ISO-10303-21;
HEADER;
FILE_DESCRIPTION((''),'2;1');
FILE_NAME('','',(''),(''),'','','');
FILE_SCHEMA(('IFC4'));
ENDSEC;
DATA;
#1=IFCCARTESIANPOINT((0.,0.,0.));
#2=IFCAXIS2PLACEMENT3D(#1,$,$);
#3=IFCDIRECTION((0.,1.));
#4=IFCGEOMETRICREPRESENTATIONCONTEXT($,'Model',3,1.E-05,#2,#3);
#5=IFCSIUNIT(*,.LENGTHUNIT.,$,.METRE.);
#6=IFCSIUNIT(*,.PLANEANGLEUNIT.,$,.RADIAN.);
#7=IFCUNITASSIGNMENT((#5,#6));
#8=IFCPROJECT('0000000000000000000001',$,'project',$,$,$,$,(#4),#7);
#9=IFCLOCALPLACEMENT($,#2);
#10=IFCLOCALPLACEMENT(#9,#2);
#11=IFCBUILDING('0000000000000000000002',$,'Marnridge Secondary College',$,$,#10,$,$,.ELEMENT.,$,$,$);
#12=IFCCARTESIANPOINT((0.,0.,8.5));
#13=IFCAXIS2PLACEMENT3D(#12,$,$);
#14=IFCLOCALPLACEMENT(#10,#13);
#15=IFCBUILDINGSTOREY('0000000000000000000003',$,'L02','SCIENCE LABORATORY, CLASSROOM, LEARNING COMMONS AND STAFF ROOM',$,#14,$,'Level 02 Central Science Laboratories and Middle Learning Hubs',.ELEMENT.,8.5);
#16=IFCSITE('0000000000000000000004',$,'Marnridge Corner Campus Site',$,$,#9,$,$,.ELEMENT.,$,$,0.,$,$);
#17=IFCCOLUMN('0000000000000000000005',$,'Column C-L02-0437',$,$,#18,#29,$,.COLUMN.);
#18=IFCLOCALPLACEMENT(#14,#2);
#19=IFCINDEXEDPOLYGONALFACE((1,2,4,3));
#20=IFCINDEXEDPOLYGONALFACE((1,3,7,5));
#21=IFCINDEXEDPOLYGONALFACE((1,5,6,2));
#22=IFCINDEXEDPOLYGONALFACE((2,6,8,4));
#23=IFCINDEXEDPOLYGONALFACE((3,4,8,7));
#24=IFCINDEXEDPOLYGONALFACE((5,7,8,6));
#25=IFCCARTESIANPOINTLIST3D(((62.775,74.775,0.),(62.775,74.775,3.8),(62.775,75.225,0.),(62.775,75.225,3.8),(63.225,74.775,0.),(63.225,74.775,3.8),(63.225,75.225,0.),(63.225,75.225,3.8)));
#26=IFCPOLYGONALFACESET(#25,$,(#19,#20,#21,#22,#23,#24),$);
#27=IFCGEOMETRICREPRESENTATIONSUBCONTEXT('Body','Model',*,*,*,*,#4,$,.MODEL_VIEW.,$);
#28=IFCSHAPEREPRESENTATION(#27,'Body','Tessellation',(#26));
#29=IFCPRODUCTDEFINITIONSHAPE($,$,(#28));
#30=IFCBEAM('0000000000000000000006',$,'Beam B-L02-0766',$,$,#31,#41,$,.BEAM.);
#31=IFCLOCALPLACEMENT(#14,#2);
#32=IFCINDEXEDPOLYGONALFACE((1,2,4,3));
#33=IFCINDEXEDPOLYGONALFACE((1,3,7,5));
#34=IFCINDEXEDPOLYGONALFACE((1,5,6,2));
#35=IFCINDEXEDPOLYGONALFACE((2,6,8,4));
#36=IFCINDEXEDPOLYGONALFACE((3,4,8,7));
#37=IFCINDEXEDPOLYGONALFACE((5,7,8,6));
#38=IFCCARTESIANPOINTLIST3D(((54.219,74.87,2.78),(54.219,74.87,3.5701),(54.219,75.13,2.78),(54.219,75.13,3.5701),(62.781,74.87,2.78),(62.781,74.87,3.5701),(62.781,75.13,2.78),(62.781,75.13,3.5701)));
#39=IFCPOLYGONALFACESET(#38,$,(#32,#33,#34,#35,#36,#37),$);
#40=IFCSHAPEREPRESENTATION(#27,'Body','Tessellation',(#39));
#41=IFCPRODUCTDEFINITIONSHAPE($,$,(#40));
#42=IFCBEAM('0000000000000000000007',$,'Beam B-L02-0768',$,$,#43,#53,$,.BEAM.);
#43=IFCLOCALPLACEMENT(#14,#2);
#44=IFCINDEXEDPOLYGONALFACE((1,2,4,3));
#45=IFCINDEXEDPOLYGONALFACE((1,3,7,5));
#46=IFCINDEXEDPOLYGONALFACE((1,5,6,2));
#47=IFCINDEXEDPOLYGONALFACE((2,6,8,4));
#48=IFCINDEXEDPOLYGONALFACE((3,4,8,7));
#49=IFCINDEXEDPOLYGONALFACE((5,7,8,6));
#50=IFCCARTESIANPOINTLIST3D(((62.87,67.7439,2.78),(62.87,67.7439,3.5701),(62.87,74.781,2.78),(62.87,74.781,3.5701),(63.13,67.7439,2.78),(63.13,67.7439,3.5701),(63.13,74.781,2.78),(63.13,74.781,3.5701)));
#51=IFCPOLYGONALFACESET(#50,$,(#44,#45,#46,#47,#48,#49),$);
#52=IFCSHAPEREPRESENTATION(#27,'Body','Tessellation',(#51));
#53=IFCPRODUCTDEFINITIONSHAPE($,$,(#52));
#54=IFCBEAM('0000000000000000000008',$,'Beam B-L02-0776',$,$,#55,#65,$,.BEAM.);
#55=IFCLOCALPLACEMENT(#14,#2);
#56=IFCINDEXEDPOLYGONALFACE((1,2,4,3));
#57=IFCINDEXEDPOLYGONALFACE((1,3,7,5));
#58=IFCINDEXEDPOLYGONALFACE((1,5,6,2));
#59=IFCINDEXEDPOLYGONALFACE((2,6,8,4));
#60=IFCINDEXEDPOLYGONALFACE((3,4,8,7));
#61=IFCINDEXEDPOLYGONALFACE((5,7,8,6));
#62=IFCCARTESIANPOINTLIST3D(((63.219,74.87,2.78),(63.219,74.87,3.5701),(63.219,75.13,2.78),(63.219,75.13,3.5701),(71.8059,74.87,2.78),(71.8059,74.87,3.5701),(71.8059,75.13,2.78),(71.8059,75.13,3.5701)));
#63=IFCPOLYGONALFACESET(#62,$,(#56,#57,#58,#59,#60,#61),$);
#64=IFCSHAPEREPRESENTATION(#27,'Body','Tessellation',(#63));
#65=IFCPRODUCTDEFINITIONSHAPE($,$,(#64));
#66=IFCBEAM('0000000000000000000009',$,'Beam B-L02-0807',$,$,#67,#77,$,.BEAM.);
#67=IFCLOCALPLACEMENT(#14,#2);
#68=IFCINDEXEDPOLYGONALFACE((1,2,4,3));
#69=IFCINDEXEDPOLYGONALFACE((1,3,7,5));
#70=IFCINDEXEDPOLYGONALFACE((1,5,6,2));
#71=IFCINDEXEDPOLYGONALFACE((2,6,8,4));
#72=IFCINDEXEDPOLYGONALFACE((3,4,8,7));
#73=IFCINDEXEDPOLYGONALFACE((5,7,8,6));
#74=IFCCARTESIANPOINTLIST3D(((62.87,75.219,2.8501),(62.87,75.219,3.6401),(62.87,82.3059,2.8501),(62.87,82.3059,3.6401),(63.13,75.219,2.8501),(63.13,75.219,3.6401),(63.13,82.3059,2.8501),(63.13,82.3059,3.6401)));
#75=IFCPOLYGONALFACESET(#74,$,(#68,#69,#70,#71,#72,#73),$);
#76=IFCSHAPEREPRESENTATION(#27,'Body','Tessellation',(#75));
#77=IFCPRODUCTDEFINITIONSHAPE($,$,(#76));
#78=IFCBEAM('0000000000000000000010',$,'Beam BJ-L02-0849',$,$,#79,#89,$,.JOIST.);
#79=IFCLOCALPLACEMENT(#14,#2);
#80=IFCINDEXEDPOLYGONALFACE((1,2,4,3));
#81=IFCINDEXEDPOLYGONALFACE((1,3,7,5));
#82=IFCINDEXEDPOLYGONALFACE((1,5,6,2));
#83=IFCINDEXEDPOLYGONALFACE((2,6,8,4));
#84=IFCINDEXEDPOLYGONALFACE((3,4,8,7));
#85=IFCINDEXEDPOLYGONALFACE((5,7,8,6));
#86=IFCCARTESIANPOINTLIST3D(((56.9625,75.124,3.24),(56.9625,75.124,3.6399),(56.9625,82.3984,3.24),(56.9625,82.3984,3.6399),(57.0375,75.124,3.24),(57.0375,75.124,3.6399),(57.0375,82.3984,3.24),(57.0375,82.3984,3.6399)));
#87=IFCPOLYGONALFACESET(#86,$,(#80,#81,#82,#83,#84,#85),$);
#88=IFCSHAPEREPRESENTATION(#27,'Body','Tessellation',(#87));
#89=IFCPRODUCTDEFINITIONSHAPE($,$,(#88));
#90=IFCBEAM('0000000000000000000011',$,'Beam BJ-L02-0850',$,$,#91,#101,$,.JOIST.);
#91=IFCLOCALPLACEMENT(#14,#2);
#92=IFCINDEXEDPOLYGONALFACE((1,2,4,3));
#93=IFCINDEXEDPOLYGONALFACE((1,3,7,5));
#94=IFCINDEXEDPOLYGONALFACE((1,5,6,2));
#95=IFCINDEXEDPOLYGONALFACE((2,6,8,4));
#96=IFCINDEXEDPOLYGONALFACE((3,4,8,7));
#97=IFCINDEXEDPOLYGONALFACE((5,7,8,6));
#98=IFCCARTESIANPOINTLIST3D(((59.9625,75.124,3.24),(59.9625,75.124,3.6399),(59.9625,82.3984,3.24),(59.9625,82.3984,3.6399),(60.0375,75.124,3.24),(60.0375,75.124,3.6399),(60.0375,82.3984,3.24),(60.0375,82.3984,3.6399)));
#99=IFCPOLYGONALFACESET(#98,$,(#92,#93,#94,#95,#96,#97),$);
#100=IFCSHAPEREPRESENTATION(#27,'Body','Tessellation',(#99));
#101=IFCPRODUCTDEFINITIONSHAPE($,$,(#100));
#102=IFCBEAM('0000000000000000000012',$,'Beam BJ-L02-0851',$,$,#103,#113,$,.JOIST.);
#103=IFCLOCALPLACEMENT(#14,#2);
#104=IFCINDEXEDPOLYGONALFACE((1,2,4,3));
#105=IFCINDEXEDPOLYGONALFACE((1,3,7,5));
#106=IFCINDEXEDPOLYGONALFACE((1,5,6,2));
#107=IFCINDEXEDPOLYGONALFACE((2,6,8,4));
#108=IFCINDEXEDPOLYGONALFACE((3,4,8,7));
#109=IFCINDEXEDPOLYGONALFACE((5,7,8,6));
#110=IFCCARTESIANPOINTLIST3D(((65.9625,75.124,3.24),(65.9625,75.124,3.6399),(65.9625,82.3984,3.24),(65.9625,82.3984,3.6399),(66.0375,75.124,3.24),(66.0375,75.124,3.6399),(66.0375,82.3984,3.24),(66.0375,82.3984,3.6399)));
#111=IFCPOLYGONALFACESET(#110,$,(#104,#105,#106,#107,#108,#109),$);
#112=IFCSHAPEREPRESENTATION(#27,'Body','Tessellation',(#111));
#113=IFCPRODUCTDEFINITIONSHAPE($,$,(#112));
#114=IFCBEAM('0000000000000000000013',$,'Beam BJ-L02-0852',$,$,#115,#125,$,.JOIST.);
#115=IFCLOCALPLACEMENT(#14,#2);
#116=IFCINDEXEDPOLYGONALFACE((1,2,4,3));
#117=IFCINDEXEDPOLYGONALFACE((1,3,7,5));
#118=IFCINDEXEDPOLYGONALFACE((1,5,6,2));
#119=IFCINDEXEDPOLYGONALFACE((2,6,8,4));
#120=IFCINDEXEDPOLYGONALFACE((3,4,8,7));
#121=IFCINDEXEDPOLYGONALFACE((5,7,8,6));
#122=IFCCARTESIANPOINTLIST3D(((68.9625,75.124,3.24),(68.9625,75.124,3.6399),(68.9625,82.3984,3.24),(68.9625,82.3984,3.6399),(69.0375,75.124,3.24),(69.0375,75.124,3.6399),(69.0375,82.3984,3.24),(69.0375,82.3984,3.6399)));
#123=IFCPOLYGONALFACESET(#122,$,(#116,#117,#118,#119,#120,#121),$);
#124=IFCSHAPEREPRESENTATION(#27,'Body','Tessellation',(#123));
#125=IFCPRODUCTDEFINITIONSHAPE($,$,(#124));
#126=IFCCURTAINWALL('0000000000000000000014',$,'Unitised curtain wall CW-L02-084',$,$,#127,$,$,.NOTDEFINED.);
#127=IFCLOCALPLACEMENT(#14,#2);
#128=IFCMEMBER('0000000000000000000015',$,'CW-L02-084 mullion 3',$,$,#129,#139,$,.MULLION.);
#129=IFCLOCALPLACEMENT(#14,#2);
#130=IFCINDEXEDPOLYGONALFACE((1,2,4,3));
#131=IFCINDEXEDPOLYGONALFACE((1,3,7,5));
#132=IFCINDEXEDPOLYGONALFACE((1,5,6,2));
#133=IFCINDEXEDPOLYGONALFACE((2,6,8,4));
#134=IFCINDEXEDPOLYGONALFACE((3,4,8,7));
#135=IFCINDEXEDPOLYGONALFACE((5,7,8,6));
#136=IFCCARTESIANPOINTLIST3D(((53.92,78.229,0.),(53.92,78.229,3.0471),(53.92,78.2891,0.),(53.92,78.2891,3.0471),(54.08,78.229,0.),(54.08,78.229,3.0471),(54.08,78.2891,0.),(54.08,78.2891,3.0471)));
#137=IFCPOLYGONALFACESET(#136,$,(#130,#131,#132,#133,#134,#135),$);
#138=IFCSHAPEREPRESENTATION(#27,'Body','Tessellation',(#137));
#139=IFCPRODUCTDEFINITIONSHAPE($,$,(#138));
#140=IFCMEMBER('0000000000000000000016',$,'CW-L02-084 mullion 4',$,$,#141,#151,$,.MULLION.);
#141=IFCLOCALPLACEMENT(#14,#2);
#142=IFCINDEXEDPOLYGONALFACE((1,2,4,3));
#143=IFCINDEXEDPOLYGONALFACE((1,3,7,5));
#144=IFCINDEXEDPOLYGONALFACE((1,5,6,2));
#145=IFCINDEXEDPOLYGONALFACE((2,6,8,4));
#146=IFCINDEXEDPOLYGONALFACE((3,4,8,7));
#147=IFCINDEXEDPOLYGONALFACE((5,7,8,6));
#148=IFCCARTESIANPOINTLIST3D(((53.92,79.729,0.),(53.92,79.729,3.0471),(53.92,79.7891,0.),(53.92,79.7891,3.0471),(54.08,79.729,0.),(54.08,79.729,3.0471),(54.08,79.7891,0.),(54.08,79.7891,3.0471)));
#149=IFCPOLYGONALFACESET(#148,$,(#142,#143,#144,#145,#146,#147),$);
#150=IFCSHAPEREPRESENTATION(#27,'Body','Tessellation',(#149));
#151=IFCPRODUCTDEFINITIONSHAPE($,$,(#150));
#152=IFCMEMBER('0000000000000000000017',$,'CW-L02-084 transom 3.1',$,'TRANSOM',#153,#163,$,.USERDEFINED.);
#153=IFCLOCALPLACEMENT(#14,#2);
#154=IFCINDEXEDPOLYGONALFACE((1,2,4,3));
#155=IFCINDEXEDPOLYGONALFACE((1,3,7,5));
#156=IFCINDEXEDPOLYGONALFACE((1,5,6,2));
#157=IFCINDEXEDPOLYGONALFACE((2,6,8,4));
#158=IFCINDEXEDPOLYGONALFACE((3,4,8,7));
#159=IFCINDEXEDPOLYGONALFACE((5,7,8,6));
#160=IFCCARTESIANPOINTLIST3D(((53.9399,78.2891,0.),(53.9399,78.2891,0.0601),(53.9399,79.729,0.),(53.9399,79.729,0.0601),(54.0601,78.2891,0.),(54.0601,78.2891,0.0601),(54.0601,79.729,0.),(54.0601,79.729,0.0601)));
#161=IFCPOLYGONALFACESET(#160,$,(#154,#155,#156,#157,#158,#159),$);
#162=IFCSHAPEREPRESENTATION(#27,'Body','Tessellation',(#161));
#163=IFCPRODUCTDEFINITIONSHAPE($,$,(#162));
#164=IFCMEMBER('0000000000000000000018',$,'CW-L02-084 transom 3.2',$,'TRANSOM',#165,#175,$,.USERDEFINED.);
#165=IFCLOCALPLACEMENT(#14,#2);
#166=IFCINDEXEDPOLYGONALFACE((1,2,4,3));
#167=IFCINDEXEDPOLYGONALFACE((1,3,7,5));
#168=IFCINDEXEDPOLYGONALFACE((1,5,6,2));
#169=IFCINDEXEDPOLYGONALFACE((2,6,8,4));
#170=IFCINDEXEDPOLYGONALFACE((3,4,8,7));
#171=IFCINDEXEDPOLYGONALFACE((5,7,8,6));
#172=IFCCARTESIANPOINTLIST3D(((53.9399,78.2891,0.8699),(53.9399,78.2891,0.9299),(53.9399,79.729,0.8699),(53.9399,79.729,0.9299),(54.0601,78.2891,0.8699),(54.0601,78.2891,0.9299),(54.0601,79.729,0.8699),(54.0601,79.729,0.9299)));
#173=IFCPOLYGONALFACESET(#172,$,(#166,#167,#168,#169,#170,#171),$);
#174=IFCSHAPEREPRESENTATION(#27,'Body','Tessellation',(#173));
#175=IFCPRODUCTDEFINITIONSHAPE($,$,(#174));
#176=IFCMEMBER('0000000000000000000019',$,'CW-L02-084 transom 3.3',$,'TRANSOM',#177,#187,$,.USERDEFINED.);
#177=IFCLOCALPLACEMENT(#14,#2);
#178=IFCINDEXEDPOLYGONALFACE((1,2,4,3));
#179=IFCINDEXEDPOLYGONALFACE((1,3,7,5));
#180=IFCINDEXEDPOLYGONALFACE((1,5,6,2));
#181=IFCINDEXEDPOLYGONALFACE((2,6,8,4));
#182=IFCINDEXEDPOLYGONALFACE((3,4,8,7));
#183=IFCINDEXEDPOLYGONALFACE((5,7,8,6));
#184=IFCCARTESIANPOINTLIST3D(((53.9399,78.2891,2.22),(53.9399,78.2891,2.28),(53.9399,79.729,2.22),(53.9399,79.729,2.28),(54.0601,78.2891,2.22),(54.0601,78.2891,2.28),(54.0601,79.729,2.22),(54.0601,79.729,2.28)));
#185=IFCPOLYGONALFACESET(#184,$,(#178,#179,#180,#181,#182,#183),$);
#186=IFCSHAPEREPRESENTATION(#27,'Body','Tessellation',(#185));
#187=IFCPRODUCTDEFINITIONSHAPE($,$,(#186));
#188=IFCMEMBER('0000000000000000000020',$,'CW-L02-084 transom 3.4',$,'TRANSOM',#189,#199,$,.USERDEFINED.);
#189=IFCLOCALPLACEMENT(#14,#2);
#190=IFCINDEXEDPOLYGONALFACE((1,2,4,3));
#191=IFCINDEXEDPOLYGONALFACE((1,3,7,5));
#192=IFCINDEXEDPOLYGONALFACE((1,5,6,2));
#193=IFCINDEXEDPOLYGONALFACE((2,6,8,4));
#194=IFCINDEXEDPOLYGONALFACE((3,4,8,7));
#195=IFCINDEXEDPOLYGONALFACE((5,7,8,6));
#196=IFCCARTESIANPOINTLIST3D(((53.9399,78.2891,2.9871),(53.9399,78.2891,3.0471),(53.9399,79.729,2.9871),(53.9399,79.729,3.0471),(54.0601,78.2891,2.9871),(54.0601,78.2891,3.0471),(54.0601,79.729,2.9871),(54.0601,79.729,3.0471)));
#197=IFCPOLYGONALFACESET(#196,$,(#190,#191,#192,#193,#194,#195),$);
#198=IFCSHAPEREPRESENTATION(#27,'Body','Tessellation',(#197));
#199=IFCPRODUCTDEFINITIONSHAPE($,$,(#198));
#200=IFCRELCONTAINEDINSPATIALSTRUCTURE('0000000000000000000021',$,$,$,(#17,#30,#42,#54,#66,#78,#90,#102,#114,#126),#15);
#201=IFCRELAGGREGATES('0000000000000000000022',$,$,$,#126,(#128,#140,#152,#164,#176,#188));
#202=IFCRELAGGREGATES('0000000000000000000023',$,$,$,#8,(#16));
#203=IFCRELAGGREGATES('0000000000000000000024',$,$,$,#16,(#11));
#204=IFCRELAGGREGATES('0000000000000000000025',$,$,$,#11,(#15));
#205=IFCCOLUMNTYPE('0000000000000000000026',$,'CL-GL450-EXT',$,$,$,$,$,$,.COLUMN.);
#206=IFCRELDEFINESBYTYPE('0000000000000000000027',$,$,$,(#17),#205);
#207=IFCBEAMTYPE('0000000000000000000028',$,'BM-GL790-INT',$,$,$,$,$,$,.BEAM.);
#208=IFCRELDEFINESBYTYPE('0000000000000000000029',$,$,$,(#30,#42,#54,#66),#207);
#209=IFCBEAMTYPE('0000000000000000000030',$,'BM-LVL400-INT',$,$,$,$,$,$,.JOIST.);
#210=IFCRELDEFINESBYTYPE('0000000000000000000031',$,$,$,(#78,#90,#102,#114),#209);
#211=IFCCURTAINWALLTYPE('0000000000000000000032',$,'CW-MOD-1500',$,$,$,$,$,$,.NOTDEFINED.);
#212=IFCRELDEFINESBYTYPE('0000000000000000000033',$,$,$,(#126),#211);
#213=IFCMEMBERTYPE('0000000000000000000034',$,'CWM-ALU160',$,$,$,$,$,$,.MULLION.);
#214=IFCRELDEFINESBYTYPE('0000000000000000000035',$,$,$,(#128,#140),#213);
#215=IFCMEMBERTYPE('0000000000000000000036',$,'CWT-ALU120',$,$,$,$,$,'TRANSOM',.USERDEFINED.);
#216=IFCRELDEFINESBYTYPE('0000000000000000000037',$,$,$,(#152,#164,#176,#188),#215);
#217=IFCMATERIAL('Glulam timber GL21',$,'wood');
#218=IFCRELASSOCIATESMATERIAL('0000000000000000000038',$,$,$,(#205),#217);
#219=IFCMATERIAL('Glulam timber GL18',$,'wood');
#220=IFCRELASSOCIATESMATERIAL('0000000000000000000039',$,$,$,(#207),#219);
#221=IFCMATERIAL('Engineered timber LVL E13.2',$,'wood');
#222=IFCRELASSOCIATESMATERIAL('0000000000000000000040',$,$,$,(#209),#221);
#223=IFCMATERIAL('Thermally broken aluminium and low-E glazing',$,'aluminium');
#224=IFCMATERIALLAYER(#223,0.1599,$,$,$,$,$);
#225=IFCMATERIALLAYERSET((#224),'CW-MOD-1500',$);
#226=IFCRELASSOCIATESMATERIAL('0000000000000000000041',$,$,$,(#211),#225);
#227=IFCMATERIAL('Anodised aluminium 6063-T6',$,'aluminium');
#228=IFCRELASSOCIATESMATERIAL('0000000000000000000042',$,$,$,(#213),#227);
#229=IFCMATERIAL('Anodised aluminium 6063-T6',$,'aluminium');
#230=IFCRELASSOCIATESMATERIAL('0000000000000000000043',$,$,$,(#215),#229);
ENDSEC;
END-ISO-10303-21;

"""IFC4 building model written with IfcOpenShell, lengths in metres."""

from ifc_helpers import new_model, si_unit, direction, frame, origin, origin_2d, place, context, subcontext, project, spatial, rectangle, extrude, material, layer, layer_set, material_profile, profile_set, type_object, element, aggregate, save


model = new_model("IFC4")

# Units and contexts
model_context = context("Model", 3, precision=1e-05, world=origin(), true_north=direction((0.0, 1.0)))
body_context = subcontext(model_context, "Body", "Model", "MODEL_VIEW")
ifc_project = project(units=[si_unit("LENGTHUNIT", "METRE"), si_unit("PLANEANGLEUNIT", "RADIAN")], contexts=[model_context])

# Site, building, storey
site_placement = place(None, origin())
site = spatial("IfcSite", under=ifc_project, at=site_placement, Name="Marnridge Corner Campus Site", CompositionType="ELEMENT", RefElevation=0.0)
building_placement = place(site_placement, origin())
building = spatial("IfcBuilding", under=site, at=building_placement, Name="Marnridge Secondary College", CompositionType="ELEMENT")
storey_placement = place(building_placement, frame((0.0, 0.0, 8.5)))
storey = spatial("IfcBuildingStorey", under=building, at=storey_placement, Name="L02", Description="SCIENCE LABORATORY, CLASSROOM, LEARNING COMMONS AND STAFF ROOM", LongName="Level 02 Central Science Laboratories and Middle Learning Hubs", CompositionType="ELEMENT", Elevation=8.5)

# Column
ifc_material_1 = material(Name="Glulam timber GL21", Category="wood")
ifc_material_profile_1 = material_profile(ifc_material_1, rectangle(XDim=0.45, YDim=0.45, at=origin_2d()), Name="GL21 450x450")
ifc_profile_set_1 = profile_set([ifc_material_profile_1], Name="Glulam timber GL21")
column_type = type_object("IfcColumnType", Name="CL-GL450-EXT", PredefinedType="COLUMN", material=ifc_profile_set_1)
column_placement = place(storey_placement, frame((63.0, 75.0, 0.0), z_axis=(0.0, 0.0, 1.0), x_axis=(1.0, 0.0, 0.0)))
element("IfcColumn", 1, at=column_placement, inside=storey, type_object=column_type, Name="Column C-L02-0437", PredefinedType="COLUMN", context=body_context, shape_type="SweptSolid", body=[
    extrude(rectangle(XDim=0.45, YDim=0.45, at=origin_2d()), origin(), (0.0, 0.0, 1.0), 3.8),
])

# Beams
ifc_material_2 = material(Name="Glulam timber GL18", Category="wood")
ifc_material_profile_2 = material_profile(ifc_material_2, rectangle(XDim=0.26, YDim=0.79, at=origin_2d()), Name="GL18 260x790")
ifc_profile_set_2 = profile_set([ifc_material_profile_2], Name="Glulam timber GL18")
beam_type_1 = type_object("IfcBeamType", Name="BM-GL790-INT", PredefinedType="BEAM", material=ifc_profile_set_2)
beam_1_placement = place(storey_placement, frame((54.219, 75.0, 3.175), z_axis=(1.0, 0.0, 0.0), x_axis=(0.0, 1.0, 0.0)))
element("IfcBeam", 2, at=beam_1_placement, inside=storey, type_object=beam_type_1, Name="Beam B-L02-0766", PredefinedType="BEAM", context=body_context, shape_type="SweptSolid", body=[
    extrude(rectangle(XDim=0.26, YDim=0.79, at=origin_2d()), origin(), (0.0, 0.0, 1.0), 8.562),
])
beam_2_placement = place(storey_placement, frame((63.0, 67.7439, 3.175), z_axis=(0.0, 1.0, 0.0), x_axis=(-1.0, 0.0, 0.0)))
element("IfcBeam", 3, at=beam_2_placement, inside=storey, type_object=beam_type_1, Name="Beam B-L02-0768", PredefinedType="BEAM", context=body_context, shape_type="SweptSolid", body=[
    extrude(rectangle(XDim=0.26, YDim=0.79, at=origin_2d()), origin(), (0.0, 0.0, 1.0), 7.0371),
])
beam_3_placement = place(storey_placement, frame((63.219, 75.0, 3.175), z_axis=(1.0, 0.0, 0.0), x_axis=(0.0, 1.0, 0.0)))
element("IfcBeam", 4, at=beam_3_placement, inside=storey, type_object=beam_type_1, Name="Beam B-L02-0776", PredefinedType="BEAM", context=body_context, shape_type="SweptSolid", body=[
    extrude(rectangle(XDim=0.26, YDim=0.79, at=origin_2d()), origin(), (0.0, 0.0, 1.0), 8.5869),
])
beam_4_placement = place(storey_placement, frame((63.0, 75.219, 3.2451), z_axis=(0.0, 1.0, 0.0), x_axis=(-1.0, 0.0, 0.0)))
element("IfcBeam", 5, at=beam_4_placement, inside=storey, type_object=beam_type_1, Name="Beam B-L02-0807", PredefinedType="BEAM", context=body_context, shape_type="SweptSolid", body=[
    extrude(rectangle(XDim=0.26, YDim=0.79, at=origin_2d()), origin(), (0.0, 0.0, 1.0), 7.0869),
])
ifc_material_3 = material(Name="Engineered timber LVL E13.2", Category="wood")
ifc_material_profile_3 = material_profile(ifc_material_3, rectangle(XDim=0.075, YDim=0.3999, at=origin_2d()), Name="LVL 75x400")
ifc_profile_set_3 = profile_set([ifc_material_profile_3], Name="Engineered timber LVL E13.2")
beam_type_2 = type_object("IfcBeamType", Name="BM-LVL400-INT", PredefinedType="JOIST", material=ifc_profile_set_3)
for number, where, z_axis, x_axis, name in (
    (6, (57.0, 75.124, 3.4399), (0.0, 1.0, 0.0), (-1.0, 0.0, 0.0), "Beam BJ-L02-0849"),
    (7, (60.0, 75.124, 3.4399), (0.0, 1.0, 0.0), (-1.0, 0.0, 0.0), "Beam BJ-L02-0850"),
    (8, (66.0, 75.124, 3.4399), (0.0, 1.0, 0.0), (-1.0, 0.0, 0.0), "Beam BJ-L02-0851"),
    (9, (69.0, 75.124, 3.4399), (0.0, 1.0, 0.0), (-1.0, 0.0, 0.0), "Beam BJ-L02-0852"),
):
    element("IfcBeam", number, at=place(storey_placement, frame(where, z_axis=z_axis, x_axis=x_axis)), inside=storey, type_object=beam_type_2, Name=name, PredefinedType="JOIST", context=body_context, shape_type="SweptSolid", body=[
        extrude(rectangle(XDim=0.075, YDim=0.3999, at=origin_2d()), origin(), (0.0, 0.0, 1.0), 7.2744),
    ])

# Curtain wall, members
ifc_material_4 = material(Name="Thermally broken aluminium and low-E glazing", Category="aluminium")
ifc_layer_1 = layer(ifc_material_4, 0.1599)
ifc_layer_set_1 = layer_set([ifc_layer_1], Name="CW-MOD-1500")
curtain_wall_type = type_object("IfcCurtainWallType", Name="CW-MOD-1500", PredefinedType="NOTDEFINED", material=ifc_layer_set_1)
curtain_wall_placement = place(storey_placement, origin())
curtain_wall = element("IfcCurtainWall", 10, at=curtain_wall_placement, inside=storey, type_object=curtain_wall_type, Name="Unitised curtain wall CW-L02-084", PredefinedType="NOTDEFINED")
ifc_material_5 = material(Name="Anodised aluminium 6063-T6", Category="aluminium")
ifc_material_profile_4 = material_profile(ifc_material_5, rectangle(XDim=0.0601, YDim=0.1599, at=origin_2d()), Name="ALU 60x160")
ifc_profile_set_4 = profile_set([ifc_material_profile_4], Name="Anodised aluminium 6063-T6")
member_type_1 = type_object("IfcMemberType", Name="CWM-ALU160", PredefinedType="MULLION", material=ifc_profile_set_4)
member_1_placement = place(storey_placement, frame((54.0, 78.259, 0.0), z_axis=(0.0, 0.0, 1.0), x_axis=(0.0, 1.0, 0.0)))
member_1 = element("IfcMember", 11, at=member_1_placement, type_object=member_type_1, Name="CW-L02-084 mullion 3", PredefinedType="MULLION", context=body_context, shape_type="SweptSolid", body=[
    extrude(rectangle(XDim=0.0601, YDim=0.1599, at=origin_2d()), origin(), (0.0, 0.0, 1.0), 3.0471),
])
member_2_placement = place(storey_placement, frame((54.0, 79.759, 0.0), z_axis=(0.0, 0.0, 1.0), x_axis=(0.0, 1.0, 0.0)))
member_2 = element("IfcMember", 12, at=member_2_placement, type_object=member_type_1, Name="CW-L02-084 mullion 4", PredefinedType="MULLION", context=body_context, shape_type="SweptSolid", body=[
    extrude(rectangle(XDim=0.0601, YDim=0.1599, at=origin_2d()), origin(), (0.0, 0.0, 1.0), 3.0471),
])
ifc_material_6 = material(Name="Anodised aluminium 6063-T6", Category="aluminium")
ifc_material_profile_5 = material_profile(ifc_material_6, rectangle(XDim=0.0601, YDim=0.1201, at=origin_2d()), Name="ALU 60x120")
ifc_profile_set_5 = profile_set([ifc_material_profile_5], Name="Anodised aluminium 6063-T6")
member_type_2 = type_object("IfcMemberType", Name="CWT-ALU120", ElementType="TRANSOM", PredefinedType="USERDEFINED", material=ifc_profile_set_5)
member_3_placement = place(storey_placement, frame((54.0, 78.2891, 0.03), z_axis=(0.0, 1.0, 0.0), x_axis=(0.0, 0.0, 1.0)))
member_3 = element("IfcMember", 13, at=member_3_placement, type_object=member_type_2, Name="CW-L02-084 transom 3.1", ObjectType="TRANSOM", PredefinedType="USERDEFINED", context=body_context, shape_type="SweptSolid", body=[
    extrude(rectangle(XDim=0.0601, YDim=0.1201, at=origin_2d()), origin(), (0.0, 0.0, 1.0), 1.4399),
])
member_4_placement = place(storey_placement, frame((54.0, 78.2891, 0.8999), z_axis=(0.0, 1.0, 0.0), x_axis=(0.0, 0.0, 1.0)))
member_4 = element("IfcMember", 14, at=member_4_placement, type_object=member_type_2, Name="CW-L02-084 transom 3.2", ObjectType="TRANSOM", PredefinedType="USERDEFINED", context=body_context, shape_type="SweptSolid", body=[
    extrude(rectangle(XDim=0.0601, YDim=0.1201, at=origin_2d()), origin(), (0.0, 0.0, 1.0), 1.4399),
])
member_5_placement = place(storey_placement, frame((54.0, 78.2891, 2.25), z_axis=(0.0, 1.0, 0.0), x_axis=(0.0, 0.0, 1.0)))
member_5 = element("IfcMember", 15, at=member_5_placement, type_object=member_type_2, Name="CW-L02-084 transom 3.3", ObjectType="TRANSOM", PredefinedType="USERDEFINED", context=body_context, shape_type="SweptSolid", body=[
    extrude(rectangle(XDim=0.0601, YDim=0.1201, at=origin_2d()), origin(), (0.0, 0.0, 1.0), 1.4399),
])
member_6_placement = place(storey_placement, frame((54.0, 78.2891, 3.0171), z_axis=(0.0, 1.0, 0.0), x_axis=(0.0, 0.0, 1.0)))
member_6 = element("IfcMember", 16, at=member_6_placement, type_object=member_type_2, Name="CW-L02-084 transom 3.4", ObjectType="TRANSOM", PredefinedType="USERDEFINED", context=body_context, shape_type="SweptSolid", body=[
    extrude(rectangle(XDim=0.0601, YDim=0.1201, at=origin_2d()), origin(), (0.0, 0.0, 1.0), 1.4399),
])
aggregate(curtain_wall, [member_1, member_2, member_3, member_4, member_5, member_6])

save(model, "model.ifc")
